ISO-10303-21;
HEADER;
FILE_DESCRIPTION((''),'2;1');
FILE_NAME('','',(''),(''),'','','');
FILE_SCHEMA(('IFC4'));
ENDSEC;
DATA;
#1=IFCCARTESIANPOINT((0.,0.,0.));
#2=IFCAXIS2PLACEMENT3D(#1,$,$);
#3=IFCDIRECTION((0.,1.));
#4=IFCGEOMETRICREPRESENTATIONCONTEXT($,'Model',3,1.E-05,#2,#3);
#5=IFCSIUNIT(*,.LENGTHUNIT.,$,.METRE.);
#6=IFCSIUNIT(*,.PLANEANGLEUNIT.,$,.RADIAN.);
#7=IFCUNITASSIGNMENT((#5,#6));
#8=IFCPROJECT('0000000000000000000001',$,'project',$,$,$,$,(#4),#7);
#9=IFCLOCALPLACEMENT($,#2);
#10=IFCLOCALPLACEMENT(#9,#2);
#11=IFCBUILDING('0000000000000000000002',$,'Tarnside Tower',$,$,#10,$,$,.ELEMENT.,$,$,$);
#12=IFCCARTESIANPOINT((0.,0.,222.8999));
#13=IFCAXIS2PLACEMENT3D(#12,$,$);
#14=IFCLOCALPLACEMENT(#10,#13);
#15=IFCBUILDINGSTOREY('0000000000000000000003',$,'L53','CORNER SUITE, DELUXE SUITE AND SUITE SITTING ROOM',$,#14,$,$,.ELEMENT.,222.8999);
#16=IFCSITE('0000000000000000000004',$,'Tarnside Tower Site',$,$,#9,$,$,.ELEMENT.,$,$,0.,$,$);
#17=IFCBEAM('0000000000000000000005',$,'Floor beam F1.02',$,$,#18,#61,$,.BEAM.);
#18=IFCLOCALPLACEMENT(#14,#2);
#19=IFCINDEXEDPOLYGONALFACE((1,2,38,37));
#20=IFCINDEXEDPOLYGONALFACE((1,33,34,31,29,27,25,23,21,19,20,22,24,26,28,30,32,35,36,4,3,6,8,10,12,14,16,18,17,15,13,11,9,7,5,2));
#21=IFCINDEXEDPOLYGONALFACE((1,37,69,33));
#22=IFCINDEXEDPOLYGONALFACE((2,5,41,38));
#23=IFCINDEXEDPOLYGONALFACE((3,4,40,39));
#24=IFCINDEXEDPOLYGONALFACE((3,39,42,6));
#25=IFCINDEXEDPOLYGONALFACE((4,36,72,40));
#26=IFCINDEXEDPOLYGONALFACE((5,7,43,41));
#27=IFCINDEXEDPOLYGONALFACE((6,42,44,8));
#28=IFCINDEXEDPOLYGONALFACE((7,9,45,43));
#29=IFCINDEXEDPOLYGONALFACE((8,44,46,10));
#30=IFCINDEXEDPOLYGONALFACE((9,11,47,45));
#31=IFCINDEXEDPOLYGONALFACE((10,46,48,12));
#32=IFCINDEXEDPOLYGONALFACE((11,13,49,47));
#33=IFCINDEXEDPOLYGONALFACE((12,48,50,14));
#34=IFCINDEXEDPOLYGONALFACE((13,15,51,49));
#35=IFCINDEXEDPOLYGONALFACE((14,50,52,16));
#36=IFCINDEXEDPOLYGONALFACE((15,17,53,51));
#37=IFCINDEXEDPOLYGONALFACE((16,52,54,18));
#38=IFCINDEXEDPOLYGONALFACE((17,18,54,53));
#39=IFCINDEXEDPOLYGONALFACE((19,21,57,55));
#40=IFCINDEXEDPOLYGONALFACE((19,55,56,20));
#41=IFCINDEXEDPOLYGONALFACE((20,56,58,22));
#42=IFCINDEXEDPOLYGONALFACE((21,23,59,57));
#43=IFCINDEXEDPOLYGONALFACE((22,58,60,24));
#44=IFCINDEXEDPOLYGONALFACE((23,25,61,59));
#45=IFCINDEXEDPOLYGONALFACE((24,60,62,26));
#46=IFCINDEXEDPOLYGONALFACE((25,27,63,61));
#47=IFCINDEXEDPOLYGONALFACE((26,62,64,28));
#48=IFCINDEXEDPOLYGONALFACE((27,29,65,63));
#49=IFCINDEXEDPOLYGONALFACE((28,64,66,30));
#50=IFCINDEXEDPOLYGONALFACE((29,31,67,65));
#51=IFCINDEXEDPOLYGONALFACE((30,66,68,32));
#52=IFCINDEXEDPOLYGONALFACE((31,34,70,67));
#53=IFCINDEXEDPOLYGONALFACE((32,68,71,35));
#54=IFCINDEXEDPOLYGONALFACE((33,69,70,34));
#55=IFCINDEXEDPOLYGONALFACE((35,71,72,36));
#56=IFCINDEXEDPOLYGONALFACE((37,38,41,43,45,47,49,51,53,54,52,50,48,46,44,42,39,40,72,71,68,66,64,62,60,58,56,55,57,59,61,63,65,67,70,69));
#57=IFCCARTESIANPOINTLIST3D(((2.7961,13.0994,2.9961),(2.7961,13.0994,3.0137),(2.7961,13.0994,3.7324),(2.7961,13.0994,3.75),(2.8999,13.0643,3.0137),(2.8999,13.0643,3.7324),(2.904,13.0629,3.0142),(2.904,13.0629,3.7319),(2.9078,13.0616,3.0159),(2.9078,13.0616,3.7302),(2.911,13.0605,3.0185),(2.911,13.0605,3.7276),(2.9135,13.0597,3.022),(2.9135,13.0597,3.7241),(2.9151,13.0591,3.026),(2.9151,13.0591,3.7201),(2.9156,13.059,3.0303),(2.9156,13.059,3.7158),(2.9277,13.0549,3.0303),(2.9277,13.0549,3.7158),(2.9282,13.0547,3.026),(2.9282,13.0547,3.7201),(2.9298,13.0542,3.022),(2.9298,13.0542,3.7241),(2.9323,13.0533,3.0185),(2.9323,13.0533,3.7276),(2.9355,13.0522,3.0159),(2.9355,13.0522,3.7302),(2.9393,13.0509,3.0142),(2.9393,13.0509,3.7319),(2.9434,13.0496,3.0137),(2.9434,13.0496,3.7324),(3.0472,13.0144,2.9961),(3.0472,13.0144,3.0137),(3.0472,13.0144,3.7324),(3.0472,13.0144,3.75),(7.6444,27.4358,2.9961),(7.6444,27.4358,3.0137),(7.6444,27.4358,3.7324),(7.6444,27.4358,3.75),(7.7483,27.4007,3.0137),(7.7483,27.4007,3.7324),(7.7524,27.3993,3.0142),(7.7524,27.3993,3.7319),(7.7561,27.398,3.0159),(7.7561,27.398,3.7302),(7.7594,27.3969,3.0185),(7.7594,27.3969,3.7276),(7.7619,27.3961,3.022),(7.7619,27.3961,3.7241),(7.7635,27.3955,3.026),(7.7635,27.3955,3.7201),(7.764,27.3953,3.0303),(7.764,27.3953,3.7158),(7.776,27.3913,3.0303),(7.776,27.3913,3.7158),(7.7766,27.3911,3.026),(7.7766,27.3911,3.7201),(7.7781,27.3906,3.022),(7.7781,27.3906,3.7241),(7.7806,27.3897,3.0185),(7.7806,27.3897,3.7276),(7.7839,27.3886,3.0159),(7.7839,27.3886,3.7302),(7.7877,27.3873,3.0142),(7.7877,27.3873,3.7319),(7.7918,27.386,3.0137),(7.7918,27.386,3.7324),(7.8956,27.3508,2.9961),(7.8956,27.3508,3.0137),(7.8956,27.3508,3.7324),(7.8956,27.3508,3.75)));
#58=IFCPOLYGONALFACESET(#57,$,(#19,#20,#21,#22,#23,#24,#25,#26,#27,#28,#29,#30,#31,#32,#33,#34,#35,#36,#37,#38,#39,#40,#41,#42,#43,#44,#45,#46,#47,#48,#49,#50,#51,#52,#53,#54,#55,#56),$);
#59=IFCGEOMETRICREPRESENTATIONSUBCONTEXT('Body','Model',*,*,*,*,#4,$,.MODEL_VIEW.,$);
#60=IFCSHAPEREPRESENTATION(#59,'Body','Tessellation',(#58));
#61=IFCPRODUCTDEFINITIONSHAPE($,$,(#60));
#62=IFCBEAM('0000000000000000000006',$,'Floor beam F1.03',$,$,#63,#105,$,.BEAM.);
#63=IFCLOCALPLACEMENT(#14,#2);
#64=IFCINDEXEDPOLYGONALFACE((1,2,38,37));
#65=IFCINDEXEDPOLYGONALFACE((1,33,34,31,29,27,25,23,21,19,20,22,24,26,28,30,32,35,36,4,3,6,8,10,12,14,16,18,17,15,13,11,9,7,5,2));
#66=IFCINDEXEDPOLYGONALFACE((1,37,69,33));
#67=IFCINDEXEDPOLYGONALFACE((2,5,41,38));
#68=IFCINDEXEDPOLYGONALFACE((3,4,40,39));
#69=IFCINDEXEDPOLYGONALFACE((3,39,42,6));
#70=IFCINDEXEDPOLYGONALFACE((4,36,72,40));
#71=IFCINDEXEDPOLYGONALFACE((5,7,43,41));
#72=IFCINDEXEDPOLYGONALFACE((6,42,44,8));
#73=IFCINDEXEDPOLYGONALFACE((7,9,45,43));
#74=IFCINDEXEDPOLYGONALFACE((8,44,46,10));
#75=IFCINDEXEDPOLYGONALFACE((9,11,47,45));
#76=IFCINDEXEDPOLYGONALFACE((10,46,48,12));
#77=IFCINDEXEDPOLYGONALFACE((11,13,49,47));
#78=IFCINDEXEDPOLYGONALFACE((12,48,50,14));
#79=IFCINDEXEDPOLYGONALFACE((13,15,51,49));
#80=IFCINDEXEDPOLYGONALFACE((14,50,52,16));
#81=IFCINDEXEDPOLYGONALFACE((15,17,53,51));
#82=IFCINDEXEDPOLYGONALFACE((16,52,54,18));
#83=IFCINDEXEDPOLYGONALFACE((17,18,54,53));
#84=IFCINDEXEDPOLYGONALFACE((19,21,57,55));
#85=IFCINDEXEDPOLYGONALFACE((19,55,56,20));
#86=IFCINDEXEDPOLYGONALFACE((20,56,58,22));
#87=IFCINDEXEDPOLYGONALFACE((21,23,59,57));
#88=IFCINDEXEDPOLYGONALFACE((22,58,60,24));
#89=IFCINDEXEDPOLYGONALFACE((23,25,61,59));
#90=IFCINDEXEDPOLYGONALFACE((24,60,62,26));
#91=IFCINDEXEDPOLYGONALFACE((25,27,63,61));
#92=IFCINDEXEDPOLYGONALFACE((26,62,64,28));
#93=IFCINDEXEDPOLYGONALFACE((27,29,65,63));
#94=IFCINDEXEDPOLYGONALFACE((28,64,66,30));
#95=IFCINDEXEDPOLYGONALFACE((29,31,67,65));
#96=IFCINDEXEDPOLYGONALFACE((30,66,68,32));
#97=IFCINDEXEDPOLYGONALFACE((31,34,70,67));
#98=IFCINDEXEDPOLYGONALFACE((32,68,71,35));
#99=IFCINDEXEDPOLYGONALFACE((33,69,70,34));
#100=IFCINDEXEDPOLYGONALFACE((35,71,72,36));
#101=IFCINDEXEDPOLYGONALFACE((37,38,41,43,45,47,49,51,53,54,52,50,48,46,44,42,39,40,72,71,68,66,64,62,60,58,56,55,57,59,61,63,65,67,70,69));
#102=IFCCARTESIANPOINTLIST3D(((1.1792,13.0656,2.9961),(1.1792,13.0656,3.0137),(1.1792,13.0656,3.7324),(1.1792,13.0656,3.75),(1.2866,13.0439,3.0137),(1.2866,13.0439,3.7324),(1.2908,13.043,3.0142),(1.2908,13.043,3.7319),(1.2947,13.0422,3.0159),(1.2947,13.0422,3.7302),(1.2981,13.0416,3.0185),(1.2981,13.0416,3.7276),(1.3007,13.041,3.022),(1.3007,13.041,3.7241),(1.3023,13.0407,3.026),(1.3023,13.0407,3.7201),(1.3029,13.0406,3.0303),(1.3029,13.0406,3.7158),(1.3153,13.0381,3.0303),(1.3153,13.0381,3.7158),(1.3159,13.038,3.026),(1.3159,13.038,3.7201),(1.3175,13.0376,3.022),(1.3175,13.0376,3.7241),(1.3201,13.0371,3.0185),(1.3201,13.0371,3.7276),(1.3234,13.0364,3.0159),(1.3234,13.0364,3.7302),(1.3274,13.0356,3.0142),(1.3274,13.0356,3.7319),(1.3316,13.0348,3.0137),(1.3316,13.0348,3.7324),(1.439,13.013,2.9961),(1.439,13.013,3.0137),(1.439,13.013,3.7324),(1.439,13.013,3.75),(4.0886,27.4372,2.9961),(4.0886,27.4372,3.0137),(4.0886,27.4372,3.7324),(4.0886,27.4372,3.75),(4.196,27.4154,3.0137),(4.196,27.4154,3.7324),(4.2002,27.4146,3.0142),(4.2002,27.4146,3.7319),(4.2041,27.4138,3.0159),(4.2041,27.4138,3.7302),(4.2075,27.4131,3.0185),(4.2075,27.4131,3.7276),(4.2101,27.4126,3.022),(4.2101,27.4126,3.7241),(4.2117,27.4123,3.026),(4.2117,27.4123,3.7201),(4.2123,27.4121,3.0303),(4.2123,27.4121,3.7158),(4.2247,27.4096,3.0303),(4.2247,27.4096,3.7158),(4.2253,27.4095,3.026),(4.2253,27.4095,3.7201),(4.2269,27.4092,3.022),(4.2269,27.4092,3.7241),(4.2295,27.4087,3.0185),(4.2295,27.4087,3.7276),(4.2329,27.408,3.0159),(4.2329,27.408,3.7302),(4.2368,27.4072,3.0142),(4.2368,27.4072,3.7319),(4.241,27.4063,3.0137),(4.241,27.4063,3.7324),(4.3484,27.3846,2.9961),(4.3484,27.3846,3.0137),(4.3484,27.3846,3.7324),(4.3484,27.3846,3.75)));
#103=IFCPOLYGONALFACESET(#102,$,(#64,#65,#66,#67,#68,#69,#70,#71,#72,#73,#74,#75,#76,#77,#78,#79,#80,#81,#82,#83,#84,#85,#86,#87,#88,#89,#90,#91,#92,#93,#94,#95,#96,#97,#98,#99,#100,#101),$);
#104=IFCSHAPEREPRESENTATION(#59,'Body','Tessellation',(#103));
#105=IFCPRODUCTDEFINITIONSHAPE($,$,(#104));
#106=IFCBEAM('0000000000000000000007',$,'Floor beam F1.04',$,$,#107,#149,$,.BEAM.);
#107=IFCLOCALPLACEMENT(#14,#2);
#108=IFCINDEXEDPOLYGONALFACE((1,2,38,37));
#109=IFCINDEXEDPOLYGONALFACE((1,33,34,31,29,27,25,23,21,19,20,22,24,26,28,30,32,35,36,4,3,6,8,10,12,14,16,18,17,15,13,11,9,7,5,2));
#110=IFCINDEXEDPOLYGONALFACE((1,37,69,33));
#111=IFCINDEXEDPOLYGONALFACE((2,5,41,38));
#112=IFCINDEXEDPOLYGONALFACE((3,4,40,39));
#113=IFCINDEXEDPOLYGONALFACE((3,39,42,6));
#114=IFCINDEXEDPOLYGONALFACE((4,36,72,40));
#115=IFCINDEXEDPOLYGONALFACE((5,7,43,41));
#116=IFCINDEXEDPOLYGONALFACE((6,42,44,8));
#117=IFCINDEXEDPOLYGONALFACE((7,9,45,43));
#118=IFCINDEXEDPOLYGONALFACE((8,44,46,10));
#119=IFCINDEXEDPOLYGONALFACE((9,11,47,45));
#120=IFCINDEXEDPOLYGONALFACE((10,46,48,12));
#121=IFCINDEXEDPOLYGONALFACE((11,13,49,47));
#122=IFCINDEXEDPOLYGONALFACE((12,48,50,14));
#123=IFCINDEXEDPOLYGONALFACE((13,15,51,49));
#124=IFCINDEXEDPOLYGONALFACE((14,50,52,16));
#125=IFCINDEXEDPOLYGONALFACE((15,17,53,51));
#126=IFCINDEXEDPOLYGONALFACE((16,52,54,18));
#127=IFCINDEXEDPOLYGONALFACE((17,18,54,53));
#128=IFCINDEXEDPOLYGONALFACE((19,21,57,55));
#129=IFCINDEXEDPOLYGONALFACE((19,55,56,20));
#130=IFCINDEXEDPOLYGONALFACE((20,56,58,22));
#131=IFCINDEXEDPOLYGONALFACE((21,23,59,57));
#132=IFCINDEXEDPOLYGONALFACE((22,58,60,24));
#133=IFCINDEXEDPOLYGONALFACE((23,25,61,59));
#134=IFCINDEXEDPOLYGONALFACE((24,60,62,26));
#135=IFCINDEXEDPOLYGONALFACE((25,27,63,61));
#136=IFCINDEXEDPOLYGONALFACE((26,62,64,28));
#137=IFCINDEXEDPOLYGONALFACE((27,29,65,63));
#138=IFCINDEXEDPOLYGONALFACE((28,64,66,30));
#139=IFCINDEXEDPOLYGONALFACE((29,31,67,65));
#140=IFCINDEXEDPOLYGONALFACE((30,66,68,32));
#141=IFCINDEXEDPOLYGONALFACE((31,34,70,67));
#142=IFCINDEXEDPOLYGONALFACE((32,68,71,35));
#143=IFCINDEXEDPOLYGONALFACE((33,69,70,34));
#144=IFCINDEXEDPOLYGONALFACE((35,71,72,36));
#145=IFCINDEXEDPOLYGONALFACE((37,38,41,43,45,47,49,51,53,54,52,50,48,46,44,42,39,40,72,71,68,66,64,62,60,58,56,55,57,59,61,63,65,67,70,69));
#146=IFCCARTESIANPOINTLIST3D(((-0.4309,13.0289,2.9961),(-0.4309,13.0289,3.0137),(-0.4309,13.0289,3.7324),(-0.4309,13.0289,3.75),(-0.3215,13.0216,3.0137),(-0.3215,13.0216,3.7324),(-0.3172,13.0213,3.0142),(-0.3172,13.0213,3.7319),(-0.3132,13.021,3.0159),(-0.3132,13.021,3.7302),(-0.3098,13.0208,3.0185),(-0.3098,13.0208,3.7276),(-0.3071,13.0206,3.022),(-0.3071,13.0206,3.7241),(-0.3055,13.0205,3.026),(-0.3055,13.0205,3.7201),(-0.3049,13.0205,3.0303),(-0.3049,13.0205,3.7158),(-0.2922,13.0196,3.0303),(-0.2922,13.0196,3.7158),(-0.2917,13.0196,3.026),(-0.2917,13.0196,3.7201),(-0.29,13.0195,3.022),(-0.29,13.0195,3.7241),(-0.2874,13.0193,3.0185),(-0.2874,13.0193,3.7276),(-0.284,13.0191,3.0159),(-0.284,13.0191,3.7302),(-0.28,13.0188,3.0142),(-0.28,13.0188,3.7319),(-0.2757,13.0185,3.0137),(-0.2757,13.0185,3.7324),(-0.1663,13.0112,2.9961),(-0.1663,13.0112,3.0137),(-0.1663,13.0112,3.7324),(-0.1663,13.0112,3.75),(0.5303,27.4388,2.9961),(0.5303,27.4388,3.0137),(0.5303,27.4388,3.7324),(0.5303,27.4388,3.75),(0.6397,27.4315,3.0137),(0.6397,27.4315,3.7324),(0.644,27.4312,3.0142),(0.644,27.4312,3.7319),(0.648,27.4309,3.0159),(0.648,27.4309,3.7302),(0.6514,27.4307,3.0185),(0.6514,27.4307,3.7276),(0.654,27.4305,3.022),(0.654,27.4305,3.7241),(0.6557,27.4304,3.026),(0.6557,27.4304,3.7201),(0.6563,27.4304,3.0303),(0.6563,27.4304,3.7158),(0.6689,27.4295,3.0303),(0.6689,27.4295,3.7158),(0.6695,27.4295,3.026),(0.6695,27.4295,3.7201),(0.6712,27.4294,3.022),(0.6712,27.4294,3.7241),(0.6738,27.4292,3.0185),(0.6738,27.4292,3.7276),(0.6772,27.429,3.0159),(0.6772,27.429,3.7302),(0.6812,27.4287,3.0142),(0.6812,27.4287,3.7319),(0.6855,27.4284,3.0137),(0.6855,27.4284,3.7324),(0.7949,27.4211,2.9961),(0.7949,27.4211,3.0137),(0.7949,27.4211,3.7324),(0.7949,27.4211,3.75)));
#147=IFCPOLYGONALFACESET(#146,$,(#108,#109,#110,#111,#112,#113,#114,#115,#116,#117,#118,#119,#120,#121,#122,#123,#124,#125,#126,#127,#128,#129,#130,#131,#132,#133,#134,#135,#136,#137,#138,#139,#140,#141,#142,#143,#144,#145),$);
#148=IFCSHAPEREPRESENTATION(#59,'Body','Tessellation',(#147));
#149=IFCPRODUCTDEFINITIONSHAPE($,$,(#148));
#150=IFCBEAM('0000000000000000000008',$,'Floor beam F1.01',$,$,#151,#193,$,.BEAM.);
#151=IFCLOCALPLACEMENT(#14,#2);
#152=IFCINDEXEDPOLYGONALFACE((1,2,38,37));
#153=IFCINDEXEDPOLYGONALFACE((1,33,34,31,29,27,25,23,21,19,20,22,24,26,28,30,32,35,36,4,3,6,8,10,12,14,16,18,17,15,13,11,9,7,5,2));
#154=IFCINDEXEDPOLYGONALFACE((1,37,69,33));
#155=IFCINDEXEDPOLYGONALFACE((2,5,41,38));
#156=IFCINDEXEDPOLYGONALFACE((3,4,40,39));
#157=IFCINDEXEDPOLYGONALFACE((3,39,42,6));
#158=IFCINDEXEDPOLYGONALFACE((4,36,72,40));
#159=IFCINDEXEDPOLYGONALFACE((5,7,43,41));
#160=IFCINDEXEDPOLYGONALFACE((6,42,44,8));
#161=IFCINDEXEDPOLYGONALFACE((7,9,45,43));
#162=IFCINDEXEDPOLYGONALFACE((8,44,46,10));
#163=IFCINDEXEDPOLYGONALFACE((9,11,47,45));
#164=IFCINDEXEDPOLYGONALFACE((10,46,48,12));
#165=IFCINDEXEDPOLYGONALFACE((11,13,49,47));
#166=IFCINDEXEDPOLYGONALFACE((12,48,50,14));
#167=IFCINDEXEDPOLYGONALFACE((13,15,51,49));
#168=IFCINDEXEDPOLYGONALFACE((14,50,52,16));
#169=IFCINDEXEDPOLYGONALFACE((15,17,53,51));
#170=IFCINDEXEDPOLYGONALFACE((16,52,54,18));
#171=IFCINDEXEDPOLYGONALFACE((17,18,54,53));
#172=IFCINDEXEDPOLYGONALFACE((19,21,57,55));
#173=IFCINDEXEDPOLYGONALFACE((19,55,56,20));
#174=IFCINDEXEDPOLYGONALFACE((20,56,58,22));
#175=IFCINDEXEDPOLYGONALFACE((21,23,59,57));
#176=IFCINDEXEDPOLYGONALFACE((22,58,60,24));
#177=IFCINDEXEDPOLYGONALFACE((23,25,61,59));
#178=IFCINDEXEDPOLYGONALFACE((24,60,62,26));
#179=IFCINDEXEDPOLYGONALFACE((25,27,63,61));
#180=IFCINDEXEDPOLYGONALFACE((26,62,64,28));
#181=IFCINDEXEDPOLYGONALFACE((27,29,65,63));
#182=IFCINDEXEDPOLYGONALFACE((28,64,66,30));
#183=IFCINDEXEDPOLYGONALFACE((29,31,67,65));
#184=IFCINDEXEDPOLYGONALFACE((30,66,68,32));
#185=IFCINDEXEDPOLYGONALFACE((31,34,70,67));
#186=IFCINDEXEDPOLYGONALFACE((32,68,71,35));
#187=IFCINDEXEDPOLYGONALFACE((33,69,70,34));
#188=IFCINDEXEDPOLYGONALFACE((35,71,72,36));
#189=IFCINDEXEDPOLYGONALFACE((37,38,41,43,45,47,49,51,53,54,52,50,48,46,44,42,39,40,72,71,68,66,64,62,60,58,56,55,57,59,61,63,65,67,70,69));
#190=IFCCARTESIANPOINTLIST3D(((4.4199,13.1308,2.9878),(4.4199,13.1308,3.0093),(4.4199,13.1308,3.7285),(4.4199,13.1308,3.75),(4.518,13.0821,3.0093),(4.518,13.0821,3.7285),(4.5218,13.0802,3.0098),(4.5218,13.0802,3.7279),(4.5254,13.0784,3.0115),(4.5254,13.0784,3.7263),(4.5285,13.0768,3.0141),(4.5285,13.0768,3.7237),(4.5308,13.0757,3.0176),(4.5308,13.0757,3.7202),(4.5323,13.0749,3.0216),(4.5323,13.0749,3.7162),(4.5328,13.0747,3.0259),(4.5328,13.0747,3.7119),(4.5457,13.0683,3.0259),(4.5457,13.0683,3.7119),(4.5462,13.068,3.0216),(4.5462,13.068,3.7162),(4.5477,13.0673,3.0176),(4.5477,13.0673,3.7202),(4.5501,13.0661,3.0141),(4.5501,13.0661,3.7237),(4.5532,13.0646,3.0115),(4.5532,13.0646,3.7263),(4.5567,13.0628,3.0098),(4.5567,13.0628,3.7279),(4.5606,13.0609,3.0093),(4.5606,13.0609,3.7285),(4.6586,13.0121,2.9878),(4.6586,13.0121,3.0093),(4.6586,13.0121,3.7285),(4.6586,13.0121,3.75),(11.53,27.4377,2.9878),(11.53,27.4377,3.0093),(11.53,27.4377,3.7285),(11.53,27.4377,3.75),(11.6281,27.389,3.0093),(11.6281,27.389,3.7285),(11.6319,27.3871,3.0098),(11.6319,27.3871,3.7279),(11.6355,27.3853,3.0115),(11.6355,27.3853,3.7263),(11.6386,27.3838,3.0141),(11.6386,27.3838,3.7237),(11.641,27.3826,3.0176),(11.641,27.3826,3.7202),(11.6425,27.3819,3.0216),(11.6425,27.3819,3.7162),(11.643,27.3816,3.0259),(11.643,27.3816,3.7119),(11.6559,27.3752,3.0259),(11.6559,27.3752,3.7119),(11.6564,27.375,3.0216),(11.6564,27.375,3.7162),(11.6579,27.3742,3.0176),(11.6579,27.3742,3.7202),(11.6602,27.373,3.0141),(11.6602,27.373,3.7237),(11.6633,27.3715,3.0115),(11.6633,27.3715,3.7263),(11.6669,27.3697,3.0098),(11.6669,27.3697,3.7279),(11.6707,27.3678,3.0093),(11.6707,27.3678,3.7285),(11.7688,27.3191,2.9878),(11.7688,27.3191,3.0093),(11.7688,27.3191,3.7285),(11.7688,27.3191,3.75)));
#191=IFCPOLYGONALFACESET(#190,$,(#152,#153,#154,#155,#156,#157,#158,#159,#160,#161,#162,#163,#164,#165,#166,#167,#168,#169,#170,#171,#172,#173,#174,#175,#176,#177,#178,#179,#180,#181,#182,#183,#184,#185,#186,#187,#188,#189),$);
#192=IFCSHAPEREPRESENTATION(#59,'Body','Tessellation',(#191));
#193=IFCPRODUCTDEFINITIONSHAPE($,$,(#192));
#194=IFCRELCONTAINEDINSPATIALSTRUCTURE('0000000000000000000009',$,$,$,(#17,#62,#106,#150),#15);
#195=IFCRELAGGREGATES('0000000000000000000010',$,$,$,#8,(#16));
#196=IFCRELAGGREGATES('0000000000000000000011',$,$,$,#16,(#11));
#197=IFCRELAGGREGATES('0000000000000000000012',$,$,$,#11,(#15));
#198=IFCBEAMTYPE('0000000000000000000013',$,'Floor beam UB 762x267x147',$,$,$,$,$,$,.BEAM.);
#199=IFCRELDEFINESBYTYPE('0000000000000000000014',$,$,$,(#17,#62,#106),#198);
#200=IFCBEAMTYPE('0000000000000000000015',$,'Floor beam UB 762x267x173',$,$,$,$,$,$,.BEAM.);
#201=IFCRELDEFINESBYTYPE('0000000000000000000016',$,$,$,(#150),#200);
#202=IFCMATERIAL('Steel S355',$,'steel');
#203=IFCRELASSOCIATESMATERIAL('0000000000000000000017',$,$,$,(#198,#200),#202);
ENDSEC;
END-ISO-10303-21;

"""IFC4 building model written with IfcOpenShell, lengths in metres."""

from ifc_helpers import new_model, si_unit, direction, frame, origin, origin_2d, place, context, subcontext, project, spatial, i_section, extrude, material, material_profile, profile_set, type_object, element, save


model = new_model("IFC4")

# Units and contexts
model_context = context("Model", 3, precision=1e-05, world=origin(), true_north=direction((0.0, 1.0)))
body_context = subcontext(model_context, "Body", "Model", "MODEL_VIEW")
ifc_project = project(units=[si_unit("LENGTHUNIT", "METRE"), si_unit("PLANEANGLEUNIT", "RADIAN")], contexts=[model_context])

# Site, building, storey
site_placement = place(None, origin())
site = spatial("IfcSite", under=ifc_project, at=site_placement, Name="Tarnside Tower Site", CompositionType="ELEMENT", RefElevation=0.0)
building_placement = place(site_placement, origin())
building = spatial("IfcBuilding", under=site, at=building_placement, Name="Tarnside Tower", CompositionType="ELEMENT")
storey_placement = place(building_placement, frame((0.0, 0.0, 222.8999)))
storey = spatial("IfcBuildingStorey", under=building, at=storey_placement, Name="L53", Description="CORNER SUITE, DELUXE SUITE AND SUITE SITTING ROOM", CompositionType="ELEMENT", Elevation=222.8999)

# Beams
ifc_material_1 = material(Name="Steel S355", Category="steel")
ifc_material_profile_1 = material_profile(ifc_material_1, i_section(OverallWidth=0.2651, OverallDepth=0.7539, WebThickness=0.0127, FlangeThickness=0.0176, FilletRadius=0.0166, at=origin_2d()), Name="UB 762x267x147")
ifc_profile_set_1 = profile_set([ifc_material_profile_1], Name="Steel S355")
beam_type_1 = type_object("IfcBeamType", Name="Floor beam UB 762x267x147", PredefinedType="BEAM", material=ifc_profile_set_1)
beam_1_placement = place(storey_placement, frame((7.77, 27.3933, 3.373), z_axis=(-0.320363, -0.947295, 0.0), x_axis=(0.947295, -0.320363, 0.0)))
element("IfcBeam", 1, at=beam_1_placement, inside=storey, type_object=beam_type_1, Name="Floor beam F1.02", PredefinedType="BEAM", context=body_context, shape_type="SweptSolid", body=[
    extrude(i_section(OverallWidth=0.2651, OverallDepth=0.7539, WebThickness=0.0127, FlangeThickness=0.0176, FilletRadius=0.0166, at=origin_2d()), origin(), (0.0, 0.0, 1.0), 15.134),
])
beam_2_placement = place(storey_placement, frame((4.2185, 27.4109, 3.373), z_axis=(-0.198418, -0.980118, 0.0), x_axis=(0.980118, -0.198418, 0.0)))
element("IfcBeam", 2, at=beam_2_placement, inside=storey, type_object=beam_type_1, Name="Floor beam F1.03", PredefinedType="BEAM", context=body_context, shape_type="SweptSolid", body=[
    extrude(i_section(OverallWidth=0.2651, OverallDepth=0.7539, WebThickness=0.0127, FlangeThickness=0.0176, FilletRadius=0.0166, at=origin_2d()), origin(), (0.0, 0.0, 1.0), 14.6631),
])
beam_3_placement = place(storey_placement, frame((0.6626, 27.4299, 3.373), z_axis=(-0.066555, -0.997783, 0.0), x_axis=(0.997783, -0.066555, 0.0)))
element("IfcBeam", 3, at=beam_3_placement, inside=storey, type_object=beam_type_1, Name="Floor beam F1.04", PredefinedType="BEAM", context=body_context, shape_type="SweptSolid", body=[
    extrude(i_section(OverallWidth=0.2651, OverallDepth=0.7539, WebThickness=0.0127, FlangeThickness=0.0176, FilletRadius=0.0166, at=origin_2d()), origin(), (0.0, 0.0, 1.0), 14.4419),
])
ifc_material_profile_2 = material_profile(ifc_material_1, i_section(OverallWidth=0.2666, OverallDepth=0.7622, WebThickness=0.0144, FlangeThickness=0.0215, FilletRadius=0.0166, at=origin_2d()), Name="UB 762x267x173")
ifc_profile_set_2 = profile_set([ifc_material_profile_2], Name="Steel S355")
beam_type_2 = type_object("IfcBeamType", Name="Floor beam UB 762x267x173", PredefinedType="BEAM", material=ifc_profile_set_2)
beam_4_placement = place(storey_placement, frame((11.6494, 27.3784, 3.3689), z_axis=(-0.445042, -0.89551, 0.0), x_axis=(0.89551, -0.445042, 0.0)))
element("IfcBeam", 4, at=beam_4_placement, inside=storey, type_object=beam_type_2, Name="Floor beam F1.01", PredefinedType="BEAM", context=body_context, shape_type="SweptSolid", body=[
    extrude(i_section(OverallWidth=0.2666, OverallDepth=0.7622, WebThickness=0.0144, FlangeThickness=0.0215, FilletRadius=0.0166, at=origin_2d()), origin(), (0.0, 0.0, 1.0), 15.9763),
])

save(model, "model.ifc")
